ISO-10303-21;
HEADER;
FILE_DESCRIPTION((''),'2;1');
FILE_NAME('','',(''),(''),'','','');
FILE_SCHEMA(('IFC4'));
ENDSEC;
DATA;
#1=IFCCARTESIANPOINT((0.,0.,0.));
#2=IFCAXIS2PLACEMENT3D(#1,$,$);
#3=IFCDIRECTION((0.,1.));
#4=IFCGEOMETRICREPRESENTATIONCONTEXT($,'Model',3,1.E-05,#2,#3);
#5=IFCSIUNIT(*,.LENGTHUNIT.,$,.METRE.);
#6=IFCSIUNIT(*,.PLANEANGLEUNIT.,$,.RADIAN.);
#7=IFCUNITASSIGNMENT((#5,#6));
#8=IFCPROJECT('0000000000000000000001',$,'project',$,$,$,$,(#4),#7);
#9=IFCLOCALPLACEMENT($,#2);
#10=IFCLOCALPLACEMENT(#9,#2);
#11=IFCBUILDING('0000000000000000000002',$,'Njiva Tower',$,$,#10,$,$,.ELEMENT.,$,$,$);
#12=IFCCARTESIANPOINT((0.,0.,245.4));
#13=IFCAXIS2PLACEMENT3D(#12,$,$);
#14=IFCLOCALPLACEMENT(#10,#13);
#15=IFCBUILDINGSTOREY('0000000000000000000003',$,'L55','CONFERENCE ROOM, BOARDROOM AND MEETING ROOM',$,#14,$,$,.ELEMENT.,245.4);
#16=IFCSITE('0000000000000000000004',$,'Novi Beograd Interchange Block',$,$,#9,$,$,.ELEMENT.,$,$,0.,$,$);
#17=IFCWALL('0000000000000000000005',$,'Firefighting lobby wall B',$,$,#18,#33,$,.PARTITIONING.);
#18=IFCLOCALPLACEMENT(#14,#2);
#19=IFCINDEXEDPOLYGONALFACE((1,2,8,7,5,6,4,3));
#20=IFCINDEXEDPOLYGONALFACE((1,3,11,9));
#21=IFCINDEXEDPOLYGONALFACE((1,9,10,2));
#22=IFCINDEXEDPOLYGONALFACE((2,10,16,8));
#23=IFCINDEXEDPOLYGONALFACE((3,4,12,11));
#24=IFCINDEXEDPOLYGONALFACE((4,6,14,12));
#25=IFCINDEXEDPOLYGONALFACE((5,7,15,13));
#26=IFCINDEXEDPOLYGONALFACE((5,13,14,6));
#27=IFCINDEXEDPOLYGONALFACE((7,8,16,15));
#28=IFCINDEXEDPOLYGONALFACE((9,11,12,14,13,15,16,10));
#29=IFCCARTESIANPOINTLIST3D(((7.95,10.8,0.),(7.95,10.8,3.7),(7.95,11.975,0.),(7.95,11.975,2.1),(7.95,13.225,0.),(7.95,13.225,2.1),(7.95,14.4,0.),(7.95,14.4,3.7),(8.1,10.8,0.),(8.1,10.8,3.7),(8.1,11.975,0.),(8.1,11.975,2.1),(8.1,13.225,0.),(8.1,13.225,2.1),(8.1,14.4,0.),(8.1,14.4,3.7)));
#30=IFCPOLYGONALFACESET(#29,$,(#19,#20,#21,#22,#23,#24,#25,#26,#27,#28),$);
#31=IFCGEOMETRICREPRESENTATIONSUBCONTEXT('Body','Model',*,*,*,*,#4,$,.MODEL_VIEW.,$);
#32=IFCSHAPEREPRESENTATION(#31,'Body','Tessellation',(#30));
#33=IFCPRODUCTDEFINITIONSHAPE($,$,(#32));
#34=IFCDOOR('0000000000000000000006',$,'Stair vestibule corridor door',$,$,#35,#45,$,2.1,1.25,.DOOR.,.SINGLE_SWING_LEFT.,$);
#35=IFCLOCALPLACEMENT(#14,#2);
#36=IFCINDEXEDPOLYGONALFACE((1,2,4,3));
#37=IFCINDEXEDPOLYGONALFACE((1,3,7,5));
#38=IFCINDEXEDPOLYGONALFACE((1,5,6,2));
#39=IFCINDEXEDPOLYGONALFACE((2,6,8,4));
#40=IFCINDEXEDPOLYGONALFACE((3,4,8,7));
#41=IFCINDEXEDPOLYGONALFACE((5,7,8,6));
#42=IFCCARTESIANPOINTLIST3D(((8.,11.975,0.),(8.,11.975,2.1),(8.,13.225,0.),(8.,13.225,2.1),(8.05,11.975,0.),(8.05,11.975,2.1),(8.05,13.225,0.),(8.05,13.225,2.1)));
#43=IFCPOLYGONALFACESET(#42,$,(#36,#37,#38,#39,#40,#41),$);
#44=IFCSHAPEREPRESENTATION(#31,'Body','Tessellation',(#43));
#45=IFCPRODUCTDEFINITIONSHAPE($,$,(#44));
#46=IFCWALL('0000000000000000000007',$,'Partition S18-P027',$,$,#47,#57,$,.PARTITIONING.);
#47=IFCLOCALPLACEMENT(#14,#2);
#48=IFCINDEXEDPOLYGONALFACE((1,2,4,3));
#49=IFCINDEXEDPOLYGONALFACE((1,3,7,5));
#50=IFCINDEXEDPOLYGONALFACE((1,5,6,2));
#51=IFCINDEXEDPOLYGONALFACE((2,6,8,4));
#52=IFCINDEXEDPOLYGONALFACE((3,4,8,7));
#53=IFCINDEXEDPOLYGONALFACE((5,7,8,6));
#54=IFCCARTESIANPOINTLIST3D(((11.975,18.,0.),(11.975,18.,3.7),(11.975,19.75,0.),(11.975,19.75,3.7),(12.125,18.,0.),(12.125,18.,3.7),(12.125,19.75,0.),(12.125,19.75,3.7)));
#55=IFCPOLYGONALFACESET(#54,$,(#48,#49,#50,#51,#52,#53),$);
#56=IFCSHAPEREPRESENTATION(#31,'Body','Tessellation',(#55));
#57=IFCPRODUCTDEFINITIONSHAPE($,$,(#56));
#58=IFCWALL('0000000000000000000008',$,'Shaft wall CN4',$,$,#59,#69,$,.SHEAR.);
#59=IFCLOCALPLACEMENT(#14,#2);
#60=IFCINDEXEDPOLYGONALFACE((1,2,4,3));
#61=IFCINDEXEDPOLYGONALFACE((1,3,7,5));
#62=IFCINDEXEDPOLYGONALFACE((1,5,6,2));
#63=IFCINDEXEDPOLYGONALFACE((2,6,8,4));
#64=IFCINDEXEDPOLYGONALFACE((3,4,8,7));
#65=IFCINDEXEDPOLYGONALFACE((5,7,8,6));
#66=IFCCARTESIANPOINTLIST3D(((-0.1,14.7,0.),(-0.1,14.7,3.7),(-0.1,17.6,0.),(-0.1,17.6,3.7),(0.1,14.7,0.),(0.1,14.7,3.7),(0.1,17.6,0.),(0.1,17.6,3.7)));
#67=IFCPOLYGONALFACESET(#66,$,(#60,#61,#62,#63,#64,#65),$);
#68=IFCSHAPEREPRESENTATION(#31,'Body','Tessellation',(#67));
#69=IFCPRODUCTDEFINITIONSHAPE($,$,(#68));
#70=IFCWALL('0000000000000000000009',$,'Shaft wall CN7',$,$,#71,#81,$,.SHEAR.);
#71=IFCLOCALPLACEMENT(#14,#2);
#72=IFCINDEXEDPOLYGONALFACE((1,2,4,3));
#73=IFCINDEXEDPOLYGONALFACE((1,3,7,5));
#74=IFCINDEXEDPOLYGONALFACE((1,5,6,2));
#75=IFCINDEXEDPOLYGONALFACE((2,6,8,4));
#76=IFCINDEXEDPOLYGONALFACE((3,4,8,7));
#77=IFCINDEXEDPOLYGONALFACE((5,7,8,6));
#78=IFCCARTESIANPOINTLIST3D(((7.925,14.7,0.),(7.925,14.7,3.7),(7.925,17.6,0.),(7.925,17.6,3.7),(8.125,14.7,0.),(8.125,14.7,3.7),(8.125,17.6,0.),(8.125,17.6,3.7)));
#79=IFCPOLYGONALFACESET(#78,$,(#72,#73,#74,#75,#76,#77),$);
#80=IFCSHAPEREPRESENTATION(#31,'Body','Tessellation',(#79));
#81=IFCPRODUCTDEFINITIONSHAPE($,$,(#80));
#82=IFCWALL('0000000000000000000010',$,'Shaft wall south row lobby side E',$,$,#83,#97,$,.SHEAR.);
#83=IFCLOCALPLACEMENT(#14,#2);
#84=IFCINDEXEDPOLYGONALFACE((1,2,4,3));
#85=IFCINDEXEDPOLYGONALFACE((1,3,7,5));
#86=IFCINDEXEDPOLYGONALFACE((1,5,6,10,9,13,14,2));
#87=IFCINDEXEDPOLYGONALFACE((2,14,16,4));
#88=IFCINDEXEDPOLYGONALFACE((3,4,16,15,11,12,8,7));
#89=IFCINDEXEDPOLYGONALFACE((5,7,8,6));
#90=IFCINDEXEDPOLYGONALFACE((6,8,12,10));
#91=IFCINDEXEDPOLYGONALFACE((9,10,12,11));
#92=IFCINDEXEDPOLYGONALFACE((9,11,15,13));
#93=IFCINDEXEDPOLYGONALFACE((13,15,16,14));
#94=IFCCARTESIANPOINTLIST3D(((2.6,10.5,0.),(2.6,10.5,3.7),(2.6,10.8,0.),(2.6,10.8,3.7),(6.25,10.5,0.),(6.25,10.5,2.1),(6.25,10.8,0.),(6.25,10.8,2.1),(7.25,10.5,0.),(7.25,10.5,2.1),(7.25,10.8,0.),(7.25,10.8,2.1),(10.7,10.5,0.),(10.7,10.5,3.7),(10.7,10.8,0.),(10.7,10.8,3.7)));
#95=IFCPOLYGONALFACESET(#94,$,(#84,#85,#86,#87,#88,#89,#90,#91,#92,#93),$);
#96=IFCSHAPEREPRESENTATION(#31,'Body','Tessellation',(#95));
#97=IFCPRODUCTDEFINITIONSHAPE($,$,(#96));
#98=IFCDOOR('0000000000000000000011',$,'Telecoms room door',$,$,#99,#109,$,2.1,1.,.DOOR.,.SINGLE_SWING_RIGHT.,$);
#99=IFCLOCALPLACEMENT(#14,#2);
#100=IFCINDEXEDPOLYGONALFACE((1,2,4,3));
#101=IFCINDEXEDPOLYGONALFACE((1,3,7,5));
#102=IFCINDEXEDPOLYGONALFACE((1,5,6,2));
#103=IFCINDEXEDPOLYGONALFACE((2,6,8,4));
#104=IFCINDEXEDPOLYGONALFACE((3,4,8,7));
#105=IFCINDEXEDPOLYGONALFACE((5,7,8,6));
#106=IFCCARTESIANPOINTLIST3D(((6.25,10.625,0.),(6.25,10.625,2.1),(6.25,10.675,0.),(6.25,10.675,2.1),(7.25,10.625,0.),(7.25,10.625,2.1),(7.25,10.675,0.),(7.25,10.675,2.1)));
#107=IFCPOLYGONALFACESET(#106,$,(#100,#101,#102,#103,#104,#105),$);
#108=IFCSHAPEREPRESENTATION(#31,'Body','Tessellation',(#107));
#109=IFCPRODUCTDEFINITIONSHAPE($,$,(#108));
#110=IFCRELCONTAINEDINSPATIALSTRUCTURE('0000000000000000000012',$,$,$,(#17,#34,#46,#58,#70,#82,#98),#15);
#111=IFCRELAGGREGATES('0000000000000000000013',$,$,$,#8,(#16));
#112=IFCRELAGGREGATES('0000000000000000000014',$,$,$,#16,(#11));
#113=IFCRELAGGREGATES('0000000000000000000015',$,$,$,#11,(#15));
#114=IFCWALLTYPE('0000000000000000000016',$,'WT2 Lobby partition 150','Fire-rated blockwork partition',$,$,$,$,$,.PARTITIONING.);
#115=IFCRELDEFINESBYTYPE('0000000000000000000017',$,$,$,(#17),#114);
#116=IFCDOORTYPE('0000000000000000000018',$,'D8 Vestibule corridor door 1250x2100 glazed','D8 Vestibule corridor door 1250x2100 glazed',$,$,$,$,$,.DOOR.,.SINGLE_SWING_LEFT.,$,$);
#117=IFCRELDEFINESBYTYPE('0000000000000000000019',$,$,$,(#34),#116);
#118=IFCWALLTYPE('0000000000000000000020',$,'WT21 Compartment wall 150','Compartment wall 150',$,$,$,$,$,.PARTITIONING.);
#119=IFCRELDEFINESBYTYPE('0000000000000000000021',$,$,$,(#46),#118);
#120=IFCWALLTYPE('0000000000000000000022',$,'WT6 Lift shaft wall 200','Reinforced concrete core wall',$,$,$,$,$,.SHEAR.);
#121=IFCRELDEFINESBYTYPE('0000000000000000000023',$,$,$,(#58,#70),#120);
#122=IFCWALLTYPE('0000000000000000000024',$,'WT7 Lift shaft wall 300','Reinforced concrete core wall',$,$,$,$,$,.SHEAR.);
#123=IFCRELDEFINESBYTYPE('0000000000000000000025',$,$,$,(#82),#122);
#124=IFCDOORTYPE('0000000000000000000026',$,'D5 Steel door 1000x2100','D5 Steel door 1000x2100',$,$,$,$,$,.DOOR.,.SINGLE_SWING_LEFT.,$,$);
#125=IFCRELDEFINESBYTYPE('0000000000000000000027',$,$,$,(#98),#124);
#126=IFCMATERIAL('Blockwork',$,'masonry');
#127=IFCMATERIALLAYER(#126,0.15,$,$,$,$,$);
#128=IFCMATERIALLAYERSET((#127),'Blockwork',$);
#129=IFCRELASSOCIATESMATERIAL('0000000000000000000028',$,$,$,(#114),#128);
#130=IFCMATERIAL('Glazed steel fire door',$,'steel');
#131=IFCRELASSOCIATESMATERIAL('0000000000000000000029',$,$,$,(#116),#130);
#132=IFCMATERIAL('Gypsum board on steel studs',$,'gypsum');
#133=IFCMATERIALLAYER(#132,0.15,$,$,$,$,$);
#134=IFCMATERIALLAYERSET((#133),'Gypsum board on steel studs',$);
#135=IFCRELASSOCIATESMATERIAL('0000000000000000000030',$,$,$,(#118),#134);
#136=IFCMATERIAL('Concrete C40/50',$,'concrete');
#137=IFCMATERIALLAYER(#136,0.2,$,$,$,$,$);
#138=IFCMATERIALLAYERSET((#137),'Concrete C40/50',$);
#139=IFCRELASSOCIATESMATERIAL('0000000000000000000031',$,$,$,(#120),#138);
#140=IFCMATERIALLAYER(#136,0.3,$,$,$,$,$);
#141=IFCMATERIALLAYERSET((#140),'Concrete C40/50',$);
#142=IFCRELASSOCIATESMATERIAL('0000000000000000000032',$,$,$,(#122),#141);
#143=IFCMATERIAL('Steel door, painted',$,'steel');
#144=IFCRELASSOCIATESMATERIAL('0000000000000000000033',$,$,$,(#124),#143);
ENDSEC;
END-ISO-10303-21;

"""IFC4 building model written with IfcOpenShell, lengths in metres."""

from ifc_helpers import new_model, si_unit, direction, frame, frame_2d, origin, place, context, subcontext, project, spatial, rectangle, extrude, material, layer, layer_set, type_object, element, fill, save


model = new_model("IFC4")

# Units and contexts
model_context = context("Model", 3, precision=1e-05, world=origin(), true_north=direction((0.0, 1.0)))
body_context = subcontext(model_context, "Body", "Model", "MODEL_VIEW")
ifc_project = project(units=[si_unit("LENGTHUNIT", "METRE"), si_unit("PLANEANGLEUNIT", "RADIAN")], contexts=[model_context])

# Site, building, storey
site_placement = place(None, origin())
site = spatial("IfcSite", under=ifc_project, at=site_placement, Name="Novi Beograd Interchange Block", CompositionType="ELEMENT", RefElevation=0.0)
building_placement = place(site_placement, origin())
building = spatial("IfcBuilding", under=site, at=building_placement, Name="Njiva Tower", CompositionType="ELEMENT")
storey_placement = place(building_placement, frame((0.0, 0.0, 245.4)))
storey = spatial("IfcBuildingStorey", under=building, at=storey_placement, Name="L55", Description="CONFERENCE ROOM, BOARDROOM AND MEETING ROOM", CompositionType="ELEMENT", Elevation=245.4)

# Shared definitions
ifc_material_1 = material(Name="Blockwork", Category="masonry")

# Wall, opening, door
ifc_material_2 = material(Name="Concrete C40/50", Category="concrete")
ifc_material_3 = material(Name="Glazed steel fire door", Category="steel")
ifc_layer_1 = layer(ifc_material_1, 0.15)
ifc_layer_set_1 = layer_set([ifc_layer_1], Name="Blockwork")
wall_type_1 = type_object("IfcWallType", Name="WT2 Lobby partition 150", Description="Fire-rated blockwork partition", PredefinedType="PARTITIONING", material=ifc_layer_set_1)
wall_1_placement = place(storey_placement, frame((8.025, 10.8, 0.0), z_axis=(0.0, 0.0, 1.0), x_axis=(0.0, 1.0, 0.0)))
wall_1 = element("IfcWall", 1, at=wall_1_placement, inside=storey, type_object=wall_type_1, Name="Firefighting lobby wall B", PredefinedType="PARTITIONING", context=body_context, shape_type="SweptSolid", body=[
    extrude(rectangle(XDim=3.6, YDim=0.15, at=frame_2d((1.8, 0.0))), origin(), (0.0, 0.0, 1.0), 3.7),
])
opening_1_placement = place(wall_1_placement, frame((1.175, 0.0, 0.0)))
opening_1 = element("IfcOpeningElement", 2, at=opening_1_placement, cuts=wall_1, PredefinedType="OPENING", context=body_context, shape_type="SweptSolid", body=[
    extrude(rectangle(XDim=1.25, YDim=2.1, at=frame_2d((0.625, 1.05))), frame((0.0, 0.085, 0.0), z_axis=(0.0, -1.0, 0.0), x_axis=(1.0, 0.0, 0.0)), (0.0, 0.0, 1.0), 0.17),
])
door_type_1 = type_object("IfcDoorType", Name="D8 Vestibule corridor door 1250x2100 glazed", Description="D8 Vestibule corridor door 1250x2100 glazed", OperationType="SINGLE_SWING_LEFT", PredefinedType="DOOR", material=ifc_material_3)
door_1_placement = place(opening_1_placement, origin())
door_1 = element("IfcDoor", 3, at=door_1_placement, inside=storey, type_object=door_type_1, Name="Stair vestibule corridor door", OperationType="SINGLE_SWING_LEFT", OverallHeight=2.1, OverallWidth=1.25, PredefinedType="DOOR", context=body_context, shape_type="SweptSolid", body=[
    extrude(rectangle(XDim=1.25, YDim=2.1, at=frame_2d((0.625, 1.05))), frame((0.0, 0.025, 0.0), z_axis=(0.0, -1.0, 0.0), x_axis=(1.0, 0.0, 0.0)), (0.0, 0.0, 1.0), 0.05),
])
fill(opening_1, door_1)

# Walls
ifc_material_4 = material(Name="Gypsum board on steel studs", Category="gypsum")
ifc_layer_2 = layer(ifc_material_4, 0.15)
ifc_layer_set_2 = layer_set([ifc_layer_2], Name="Gypsum board on steel studs")
wall_type_2 = type_object("IfcWallType", Name="WT21 Compartment wall 150", Description="Compartment wall 150", PredefinedType="PARTITIONING", material=ifc_layer_set_2)
wall_2_placement = place(storey_placement, frame((12.05, 18.0, 0.0), z_axis=(0.0, 0.0, 1.0), x_axis=(0.0, 1.0, 0.0)))
element("IfcWall", 4, at=wall_2_placement, inside=storey, type_object=wall_type_2, Name="Partition S18-P027", PredefinedType="PARTITIONING", context=body_context, shape_type="SweptSolid", body=[
    extrude(rectangle(XDim=1.75, YDim=0.15, at=frame_2d((0.875, 0.0))), origin(), (0.0, 0.0, 1.0), 3.7),
])
ifc_layer_3 = layer(ifc_material_2, 0.2)
ifc_layer_set_3 = layer_set([ifc_layer_3], Name="Concrete C40/50")
wall_type_3 = type_object("IfcWallType", Name="WT6 Lift shaft wall 200", Description="Reinforced concrete core wall", PredefinedType="SHEAR", material=ifc_layer_set_3)
for number, where, z_axis, x_axis, name in (
    (5, (0.0, 14.7, 0.0), (0.0, 0.0, 1.0), (0.0, 1.0, 0.0), "Shaft wall CN4"),
    (6, (8.025, 14.7, 0.0), (0.0, 0.0, 1.0), (0.0, 1.0, 0.0), "Shaft wall CN7"),
):
    element("IfcWall", number, at=place(storey_placement, frame(where, z_axis=z_axis, x_axis=x_axis)), inside=storey, type_object=wall_type_3, Name=name, PredefinedType="SHEAR", context=body_context, shape_type="SweptSolid", body=[
        extrude(rectangle(XDim=2.9, YDim=0.2, at=frame_2d((1.45, 0.0))), origin(), (0.0, 0.0, 1.0), 3.7),
    ])

# Wall, opening, door
ifc_layer_4 = layer(ifc_material_2, 0.3)
ifc_layer_set_4 = layer_set([ifc_layer_4], Name="Concrete C40/50")
wall_type_4 = type_object("IfcWallType", Name="WT7 Lift shaft wall 300", Description="Reinforced concrete core wall", PredefinedType="SHEAR", material=ifc_layer_set_4)
wall_3_placement = place(storey_placement, frame((2.6, 10.65, 0.0), z_axis=(0.0, 0.0, 1.0), x_axis=(1.0, 0.0, 0.0)))
wall_3 = element("IfcWall", 7, at=wall_3_placement, inside=storey, type_object=wall_type_4, Name="Shaft wall south row lobby side E", PredefinedType="SHEAR", context=body_context, shape_type="SweptSolid", body=[
    extrude(rectangle(XDim=8.1, YDim=0.3, at=frame_2d((4.05, 0.0))), origin(), (0.0, 0.0, 1.0), 3.7),
])
opening_2_placement = place(wall_3_placement, frame((3.65, 0.0, 0.0)))
opening_2 = element("IfcOpeningElement", 8, at=opening_2_placement, cuts=wall_3, PredefinedType="OPENING", context=body_context, shape_type="SweptSolid", body=[
    extrude(rectangle(XDim=1.0, YDim=2.1, at=frame_2d((0.5, 1.05))), frame((0.0, 0.16, 0.0), z_axis=(0.0, -1.0, 0.0), x_axis=(1.0, 0.0, 0.0)), (0.0, 0.0, 1.0), 0.32),
])
ifc_material_5 = material(Name="Steel door, painted", Category="steel")
door_type_2 = type_object("IfcDoorType", Name="D5 Steel door 1000x2100", Description="D5 Steel door 1000x2100", OperationType="SINGLE_SWING_LEFT", PredefinedType="DOOR", material=ifc_material_5)
door_2_placement = place(opening_2_placement, origin())
door_2 = element("IfcDoor", 9, at=door_2_placement, inside=storey, type_object=door_type_2, Name="Telecoms room door", OperationType="SINGLE_SWING_RIGHT", OverallHeight=2.1, OverallWidth=1.0, PredefinedType="DOOR", context=body_context, shape_type="SweptSolid", body=[
    extrude(rectangle(XDim=1.0, YDim=2.1, at=frame_2d((0.5, 1.05))), frame((0.0, 0.025, 0.0), z_axis=(0.0, -1.0, 0.0), x_axis=(1.0, 0.0, 0.0)), (0.0, 0.0, 1.0), 0.05),
])
fill(opening_2, door_2)

save(model, "model.ifc")
